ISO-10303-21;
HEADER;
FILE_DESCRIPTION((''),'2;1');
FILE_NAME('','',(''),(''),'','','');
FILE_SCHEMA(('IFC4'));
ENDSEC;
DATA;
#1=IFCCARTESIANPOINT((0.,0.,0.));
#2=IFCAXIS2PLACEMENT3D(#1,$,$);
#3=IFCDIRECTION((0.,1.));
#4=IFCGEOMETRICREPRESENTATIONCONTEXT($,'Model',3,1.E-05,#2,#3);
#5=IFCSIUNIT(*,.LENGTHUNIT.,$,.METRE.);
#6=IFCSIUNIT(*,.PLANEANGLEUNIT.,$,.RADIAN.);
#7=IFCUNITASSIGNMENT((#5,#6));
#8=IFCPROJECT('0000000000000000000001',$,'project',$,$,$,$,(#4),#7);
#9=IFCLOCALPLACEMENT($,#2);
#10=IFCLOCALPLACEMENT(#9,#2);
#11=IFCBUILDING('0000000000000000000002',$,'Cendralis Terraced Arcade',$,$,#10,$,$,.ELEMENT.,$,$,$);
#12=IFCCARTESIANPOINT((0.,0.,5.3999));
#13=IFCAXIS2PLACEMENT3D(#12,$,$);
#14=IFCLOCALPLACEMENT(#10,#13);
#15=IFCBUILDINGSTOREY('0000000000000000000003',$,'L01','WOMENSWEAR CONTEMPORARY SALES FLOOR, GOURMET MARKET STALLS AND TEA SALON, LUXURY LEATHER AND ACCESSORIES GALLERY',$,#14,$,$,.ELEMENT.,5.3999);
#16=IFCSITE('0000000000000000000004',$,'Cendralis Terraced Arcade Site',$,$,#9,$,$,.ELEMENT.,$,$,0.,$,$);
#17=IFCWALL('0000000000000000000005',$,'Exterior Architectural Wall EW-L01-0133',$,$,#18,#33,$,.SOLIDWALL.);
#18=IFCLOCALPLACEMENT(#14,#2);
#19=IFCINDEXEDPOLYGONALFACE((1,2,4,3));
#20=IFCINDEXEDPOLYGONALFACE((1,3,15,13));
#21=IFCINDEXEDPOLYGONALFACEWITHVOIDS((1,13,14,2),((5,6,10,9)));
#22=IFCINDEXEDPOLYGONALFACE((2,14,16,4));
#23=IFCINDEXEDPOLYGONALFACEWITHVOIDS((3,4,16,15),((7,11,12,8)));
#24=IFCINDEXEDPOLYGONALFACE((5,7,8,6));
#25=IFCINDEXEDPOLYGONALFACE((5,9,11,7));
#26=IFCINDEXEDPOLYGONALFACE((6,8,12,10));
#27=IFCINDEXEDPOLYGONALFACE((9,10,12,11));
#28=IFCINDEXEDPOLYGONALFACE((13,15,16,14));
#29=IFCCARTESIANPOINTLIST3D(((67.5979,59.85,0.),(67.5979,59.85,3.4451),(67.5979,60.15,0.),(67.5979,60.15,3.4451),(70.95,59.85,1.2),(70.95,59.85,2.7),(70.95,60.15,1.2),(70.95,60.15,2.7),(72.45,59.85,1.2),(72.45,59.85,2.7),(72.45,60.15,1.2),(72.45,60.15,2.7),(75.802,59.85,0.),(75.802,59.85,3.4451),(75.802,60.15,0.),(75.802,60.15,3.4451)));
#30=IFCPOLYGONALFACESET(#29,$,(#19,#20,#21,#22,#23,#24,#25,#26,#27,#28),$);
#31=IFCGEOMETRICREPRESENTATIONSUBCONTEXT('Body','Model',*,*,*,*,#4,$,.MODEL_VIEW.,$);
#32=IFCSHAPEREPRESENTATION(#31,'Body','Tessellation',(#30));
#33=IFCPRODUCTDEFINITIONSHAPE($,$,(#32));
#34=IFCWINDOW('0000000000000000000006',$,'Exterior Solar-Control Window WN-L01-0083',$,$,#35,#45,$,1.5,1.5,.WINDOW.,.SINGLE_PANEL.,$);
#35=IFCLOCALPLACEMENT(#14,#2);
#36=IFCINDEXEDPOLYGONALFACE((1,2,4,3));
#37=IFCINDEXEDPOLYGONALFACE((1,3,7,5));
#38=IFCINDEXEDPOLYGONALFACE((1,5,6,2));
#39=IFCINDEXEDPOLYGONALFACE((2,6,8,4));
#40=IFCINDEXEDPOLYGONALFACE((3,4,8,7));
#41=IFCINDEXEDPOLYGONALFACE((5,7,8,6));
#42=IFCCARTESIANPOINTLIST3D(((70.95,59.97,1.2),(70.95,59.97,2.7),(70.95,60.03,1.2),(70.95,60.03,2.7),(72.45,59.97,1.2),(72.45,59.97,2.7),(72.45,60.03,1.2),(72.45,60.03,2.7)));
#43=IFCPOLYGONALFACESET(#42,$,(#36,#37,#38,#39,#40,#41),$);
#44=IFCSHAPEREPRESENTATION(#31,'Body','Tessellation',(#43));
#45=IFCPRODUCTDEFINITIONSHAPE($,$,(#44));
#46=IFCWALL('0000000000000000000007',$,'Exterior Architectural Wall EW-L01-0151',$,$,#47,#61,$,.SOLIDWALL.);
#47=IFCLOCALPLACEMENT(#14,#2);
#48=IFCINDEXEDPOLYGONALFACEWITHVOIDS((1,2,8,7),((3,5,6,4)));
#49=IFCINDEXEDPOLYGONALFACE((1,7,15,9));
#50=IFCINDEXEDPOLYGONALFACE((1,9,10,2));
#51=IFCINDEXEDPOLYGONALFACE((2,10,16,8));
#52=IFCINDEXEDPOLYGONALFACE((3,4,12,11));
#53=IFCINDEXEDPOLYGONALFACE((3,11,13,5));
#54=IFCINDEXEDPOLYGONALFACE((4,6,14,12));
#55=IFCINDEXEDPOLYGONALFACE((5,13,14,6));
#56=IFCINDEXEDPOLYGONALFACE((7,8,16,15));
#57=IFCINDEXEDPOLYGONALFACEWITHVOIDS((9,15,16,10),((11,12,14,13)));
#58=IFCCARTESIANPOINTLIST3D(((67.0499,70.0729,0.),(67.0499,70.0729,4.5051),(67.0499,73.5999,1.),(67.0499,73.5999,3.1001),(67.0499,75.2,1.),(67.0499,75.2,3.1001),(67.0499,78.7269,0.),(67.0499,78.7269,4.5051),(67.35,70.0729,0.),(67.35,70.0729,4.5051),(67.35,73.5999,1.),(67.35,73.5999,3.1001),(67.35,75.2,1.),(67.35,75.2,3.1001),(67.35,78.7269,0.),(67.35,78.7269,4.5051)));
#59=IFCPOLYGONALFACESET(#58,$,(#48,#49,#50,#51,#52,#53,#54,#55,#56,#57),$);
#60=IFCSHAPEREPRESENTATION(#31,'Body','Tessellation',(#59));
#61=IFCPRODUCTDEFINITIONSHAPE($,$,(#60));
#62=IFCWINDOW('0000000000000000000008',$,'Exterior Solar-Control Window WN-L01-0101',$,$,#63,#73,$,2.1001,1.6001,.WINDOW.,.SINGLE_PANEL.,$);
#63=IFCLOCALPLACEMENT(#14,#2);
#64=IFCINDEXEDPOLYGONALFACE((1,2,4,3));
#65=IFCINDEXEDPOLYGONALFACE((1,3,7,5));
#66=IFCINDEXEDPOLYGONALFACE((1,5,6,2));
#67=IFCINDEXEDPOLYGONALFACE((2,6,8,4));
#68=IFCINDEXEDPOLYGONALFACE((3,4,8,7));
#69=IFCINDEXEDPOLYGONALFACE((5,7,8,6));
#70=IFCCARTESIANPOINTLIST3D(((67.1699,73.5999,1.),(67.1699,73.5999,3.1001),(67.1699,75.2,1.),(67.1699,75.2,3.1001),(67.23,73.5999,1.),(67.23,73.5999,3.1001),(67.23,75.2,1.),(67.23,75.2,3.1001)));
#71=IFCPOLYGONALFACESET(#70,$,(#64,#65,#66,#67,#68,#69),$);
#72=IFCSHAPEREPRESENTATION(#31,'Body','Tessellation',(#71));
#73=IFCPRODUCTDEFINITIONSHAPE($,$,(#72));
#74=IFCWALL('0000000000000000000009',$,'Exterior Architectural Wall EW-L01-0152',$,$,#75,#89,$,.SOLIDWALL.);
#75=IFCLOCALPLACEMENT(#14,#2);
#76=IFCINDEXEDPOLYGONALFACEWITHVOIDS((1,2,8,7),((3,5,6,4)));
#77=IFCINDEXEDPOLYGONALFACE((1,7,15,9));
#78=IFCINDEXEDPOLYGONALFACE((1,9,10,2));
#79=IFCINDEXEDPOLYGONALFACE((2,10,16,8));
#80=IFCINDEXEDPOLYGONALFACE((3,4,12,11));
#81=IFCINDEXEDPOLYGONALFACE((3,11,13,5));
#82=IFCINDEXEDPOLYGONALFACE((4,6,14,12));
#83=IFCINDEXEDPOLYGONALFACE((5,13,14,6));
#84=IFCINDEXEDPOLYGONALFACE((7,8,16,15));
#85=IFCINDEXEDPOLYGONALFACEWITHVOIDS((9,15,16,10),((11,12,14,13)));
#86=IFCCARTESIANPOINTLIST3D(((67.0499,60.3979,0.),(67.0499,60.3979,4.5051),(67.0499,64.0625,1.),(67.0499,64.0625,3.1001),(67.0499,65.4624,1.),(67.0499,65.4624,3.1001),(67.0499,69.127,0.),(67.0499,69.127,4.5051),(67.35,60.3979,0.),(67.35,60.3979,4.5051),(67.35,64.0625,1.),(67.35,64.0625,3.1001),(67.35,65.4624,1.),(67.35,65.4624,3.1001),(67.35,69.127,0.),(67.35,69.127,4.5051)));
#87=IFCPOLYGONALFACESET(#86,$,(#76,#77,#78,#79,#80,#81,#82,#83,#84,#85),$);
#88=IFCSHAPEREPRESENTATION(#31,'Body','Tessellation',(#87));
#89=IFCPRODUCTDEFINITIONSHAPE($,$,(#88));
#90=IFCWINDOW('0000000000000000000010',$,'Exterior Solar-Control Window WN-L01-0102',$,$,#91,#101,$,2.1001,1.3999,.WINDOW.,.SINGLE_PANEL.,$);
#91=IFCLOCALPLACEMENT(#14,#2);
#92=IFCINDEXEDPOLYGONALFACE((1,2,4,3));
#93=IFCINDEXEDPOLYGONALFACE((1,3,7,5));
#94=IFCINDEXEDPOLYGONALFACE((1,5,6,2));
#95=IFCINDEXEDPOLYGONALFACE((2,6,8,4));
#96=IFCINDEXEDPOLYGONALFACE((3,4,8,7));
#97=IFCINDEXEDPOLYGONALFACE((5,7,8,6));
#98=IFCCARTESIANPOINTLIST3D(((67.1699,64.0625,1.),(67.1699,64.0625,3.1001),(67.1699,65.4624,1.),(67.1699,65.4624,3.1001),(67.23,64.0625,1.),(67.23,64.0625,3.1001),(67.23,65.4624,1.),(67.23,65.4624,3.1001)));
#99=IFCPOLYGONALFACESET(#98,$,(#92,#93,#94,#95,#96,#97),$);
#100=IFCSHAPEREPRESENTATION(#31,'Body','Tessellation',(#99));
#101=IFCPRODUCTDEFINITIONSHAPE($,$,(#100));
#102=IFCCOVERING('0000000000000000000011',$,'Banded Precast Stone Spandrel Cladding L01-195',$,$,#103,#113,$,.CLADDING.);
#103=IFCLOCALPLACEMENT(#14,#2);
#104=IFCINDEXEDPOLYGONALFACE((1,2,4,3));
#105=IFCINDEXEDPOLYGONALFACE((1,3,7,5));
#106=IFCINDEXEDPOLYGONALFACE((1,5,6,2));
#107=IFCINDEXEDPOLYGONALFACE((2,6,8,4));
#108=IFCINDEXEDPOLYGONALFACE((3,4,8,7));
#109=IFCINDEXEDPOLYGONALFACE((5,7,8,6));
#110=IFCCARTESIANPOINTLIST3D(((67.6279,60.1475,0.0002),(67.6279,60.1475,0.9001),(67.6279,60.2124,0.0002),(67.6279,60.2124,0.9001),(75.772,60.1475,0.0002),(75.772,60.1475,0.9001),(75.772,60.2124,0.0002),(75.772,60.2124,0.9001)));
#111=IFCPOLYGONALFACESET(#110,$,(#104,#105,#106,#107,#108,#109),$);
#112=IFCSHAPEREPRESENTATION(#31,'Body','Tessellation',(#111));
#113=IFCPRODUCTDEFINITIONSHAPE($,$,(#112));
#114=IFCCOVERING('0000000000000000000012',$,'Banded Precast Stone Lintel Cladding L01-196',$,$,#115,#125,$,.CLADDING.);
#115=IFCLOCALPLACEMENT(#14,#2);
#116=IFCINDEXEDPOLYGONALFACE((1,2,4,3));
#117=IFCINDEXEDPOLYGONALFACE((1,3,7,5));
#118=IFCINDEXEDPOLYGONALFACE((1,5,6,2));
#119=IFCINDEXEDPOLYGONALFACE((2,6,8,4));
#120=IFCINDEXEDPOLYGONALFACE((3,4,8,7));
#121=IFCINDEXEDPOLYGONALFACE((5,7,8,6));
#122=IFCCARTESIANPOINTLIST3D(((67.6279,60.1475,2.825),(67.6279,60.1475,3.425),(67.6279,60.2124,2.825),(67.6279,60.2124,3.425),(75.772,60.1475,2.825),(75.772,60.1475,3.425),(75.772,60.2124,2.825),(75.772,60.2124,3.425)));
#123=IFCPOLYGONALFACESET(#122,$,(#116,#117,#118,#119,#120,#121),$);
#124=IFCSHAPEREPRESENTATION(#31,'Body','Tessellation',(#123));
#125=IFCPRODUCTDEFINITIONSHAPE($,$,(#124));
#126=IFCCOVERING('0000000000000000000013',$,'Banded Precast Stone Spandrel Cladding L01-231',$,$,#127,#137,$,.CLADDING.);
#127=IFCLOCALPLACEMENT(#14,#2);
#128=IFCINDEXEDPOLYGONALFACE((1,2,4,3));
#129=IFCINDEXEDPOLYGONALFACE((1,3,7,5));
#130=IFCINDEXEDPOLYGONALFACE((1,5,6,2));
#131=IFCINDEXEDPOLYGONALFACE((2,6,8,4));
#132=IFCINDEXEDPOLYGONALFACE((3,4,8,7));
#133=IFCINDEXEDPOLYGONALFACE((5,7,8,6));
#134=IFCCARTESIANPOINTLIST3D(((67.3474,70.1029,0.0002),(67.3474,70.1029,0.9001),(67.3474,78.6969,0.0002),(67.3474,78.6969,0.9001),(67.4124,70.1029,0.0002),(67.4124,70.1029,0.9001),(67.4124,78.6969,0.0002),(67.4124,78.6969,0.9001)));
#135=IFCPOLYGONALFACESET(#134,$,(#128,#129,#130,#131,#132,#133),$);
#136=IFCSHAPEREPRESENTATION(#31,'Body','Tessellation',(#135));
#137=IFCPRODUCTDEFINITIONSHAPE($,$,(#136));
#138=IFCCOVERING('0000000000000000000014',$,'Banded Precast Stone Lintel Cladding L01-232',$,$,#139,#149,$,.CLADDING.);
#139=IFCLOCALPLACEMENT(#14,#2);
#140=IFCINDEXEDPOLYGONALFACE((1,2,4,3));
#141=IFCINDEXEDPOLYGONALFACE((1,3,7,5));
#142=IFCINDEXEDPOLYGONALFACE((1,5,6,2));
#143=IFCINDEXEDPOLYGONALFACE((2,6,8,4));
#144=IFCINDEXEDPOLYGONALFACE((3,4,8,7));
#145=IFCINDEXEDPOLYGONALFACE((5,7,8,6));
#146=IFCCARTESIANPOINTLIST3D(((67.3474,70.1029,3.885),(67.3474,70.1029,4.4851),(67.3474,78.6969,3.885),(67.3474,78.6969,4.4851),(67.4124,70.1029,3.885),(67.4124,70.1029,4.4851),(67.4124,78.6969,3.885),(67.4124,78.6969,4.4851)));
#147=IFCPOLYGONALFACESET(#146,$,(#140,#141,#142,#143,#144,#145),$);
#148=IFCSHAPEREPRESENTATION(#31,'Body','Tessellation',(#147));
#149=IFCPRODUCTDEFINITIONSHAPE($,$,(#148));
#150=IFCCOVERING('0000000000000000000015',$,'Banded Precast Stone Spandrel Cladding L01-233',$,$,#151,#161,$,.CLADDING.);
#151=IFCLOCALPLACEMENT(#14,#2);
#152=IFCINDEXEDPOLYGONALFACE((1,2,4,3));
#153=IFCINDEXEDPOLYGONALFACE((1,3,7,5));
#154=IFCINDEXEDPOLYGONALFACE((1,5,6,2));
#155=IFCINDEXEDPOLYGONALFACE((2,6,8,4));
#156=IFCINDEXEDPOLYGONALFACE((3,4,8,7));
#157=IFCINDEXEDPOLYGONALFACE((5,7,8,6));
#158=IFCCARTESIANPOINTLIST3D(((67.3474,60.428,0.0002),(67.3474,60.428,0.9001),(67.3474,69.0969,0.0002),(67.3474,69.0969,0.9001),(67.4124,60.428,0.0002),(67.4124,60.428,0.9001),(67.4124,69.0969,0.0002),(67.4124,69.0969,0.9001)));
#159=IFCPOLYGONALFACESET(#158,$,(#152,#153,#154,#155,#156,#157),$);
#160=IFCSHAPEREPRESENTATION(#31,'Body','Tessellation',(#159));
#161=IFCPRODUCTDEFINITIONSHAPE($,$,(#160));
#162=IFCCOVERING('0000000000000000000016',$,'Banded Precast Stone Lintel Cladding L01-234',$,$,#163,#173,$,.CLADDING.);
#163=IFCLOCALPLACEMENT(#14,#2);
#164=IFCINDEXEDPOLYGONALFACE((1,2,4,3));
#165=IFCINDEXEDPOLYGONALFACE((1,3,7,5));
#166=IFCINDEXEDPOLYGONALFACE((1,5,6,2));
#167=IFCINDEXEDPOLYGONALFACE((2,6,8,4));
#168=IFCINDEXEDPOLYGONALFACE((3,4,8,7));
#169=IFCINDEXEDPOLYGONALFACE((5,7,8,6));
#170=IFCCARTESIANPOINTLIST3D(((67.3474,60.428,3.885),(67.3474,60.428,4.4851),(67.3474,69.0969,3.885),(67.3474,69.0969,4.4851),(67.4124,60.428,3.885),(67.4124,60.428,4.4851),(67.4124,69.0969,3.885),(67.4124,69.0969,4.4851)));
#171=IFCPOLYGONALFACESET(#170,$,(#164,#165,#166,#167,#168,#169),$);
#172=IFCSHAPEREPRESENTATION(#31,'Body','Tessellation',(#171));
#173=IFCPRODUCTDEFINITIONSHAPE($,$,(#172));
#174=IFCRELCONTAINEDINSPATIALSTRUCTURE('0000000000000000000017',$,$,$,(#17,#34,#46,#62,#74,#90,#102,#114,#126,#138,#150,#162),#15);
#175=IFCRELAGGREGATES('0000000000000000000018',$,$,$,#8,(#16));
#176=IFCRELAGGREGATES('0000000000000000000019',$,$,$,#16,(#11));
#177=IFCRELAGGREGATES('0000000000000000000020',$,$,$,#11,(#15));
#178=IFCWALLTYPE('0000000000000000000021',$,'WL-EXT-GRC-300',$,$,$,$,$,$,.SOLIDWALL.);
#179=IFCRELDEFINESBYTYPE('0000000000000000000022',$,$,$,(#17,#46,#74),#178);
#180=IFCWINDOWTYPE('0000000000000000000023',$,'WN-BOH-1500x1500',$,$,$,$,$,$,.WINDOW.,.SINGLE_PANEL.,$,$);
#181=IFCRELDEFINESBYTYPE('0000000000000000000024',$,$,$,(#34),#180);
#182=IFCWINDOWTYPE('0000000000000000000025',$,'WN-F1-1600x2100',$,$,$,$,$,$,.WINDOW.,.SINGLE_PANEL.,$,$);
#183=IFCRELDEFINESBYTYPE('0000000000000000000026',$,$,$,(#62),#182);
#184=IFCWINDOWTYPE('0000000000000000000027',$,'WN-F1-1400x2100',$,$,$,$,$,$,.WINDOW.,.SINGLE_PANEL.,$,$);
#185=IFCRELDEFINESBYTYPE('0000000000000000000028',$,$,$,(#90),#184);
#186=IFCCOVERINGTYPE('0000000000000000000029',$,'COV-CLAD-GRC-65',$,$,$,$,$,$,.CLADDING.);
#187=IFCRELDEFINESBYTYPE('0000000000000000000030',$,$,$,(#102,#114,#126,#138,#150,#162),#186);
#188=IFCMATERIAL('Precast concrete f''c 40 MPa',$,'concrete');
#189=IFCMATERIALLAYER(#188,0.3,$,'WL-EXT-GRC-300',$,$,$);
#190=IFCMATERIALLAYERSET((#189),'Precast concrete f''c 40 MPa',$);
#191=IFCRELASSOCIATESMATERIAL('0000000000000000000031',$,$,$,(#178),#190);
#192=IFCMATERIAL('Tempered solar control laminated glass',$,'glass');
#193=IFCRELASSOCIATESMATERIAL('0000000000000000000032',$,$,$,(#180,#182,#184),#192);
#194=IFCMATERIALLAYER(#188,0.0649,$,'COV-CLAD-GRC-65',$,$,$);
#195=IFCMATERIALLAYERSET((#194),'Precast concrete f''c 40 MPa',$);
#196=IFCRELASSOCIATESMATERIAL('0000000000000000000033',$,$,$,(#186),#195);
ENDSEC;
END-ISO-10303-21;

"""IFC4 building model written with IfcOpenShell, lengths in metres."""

from ifc_helpers import new_model, si_unit, direction, frame, frame_2d, origin, origin_2d, place, context, subcontext, project, spatial, rectangle, extrude, material, layer, layer_set, type_object, element, fill, save


model = new_model("IFC4")

# Units and contexts
model_context = context("Model", 3, precision=1e-05, world=origin(), true_north=direction((0.0, 1.0)))
body_context = subcontext(model_context, "Body", "Model", "MODEL_VIEW")
ifc_project = project(units=[si_unit("LENGTHUNIT", "METRE"), si_unit("PLANEANGLEUNIT", "RADIAN")], contexts=[model_context])

# Site, building, storey
site_placement = place(None, origin())
site = spatial("IfcSite", under=ifc_project, at=site_placement, Name="Cendralis Terraced Arcade Site", CompositionType="ELEMENT", RefElevation=0.0)
building_placement = place(site_placement, origin())
building = spatial("IfcBuilding", under=site, at=building_placement, Name="Cendralis Terraced Arcade", CompositionType="ELEMENT")
storey_placement = place(building_placement, frame((0.0, 0.0, 5.3999)))
storey = spatial("IfcBuildingStorey", under=building, at=storey_placement, Name="L01", Description="WOMENSWEAR CONTEMPORARY SALES FLOOR, GOURMET MARKET STALLS AND TEA SALON, LUXURY LEATHER AND ACCESSORIES GALLERY", CompositionType="ELEMENT", Elevation=5.3999)

# Walls, openings, windows
ifc_material_1 = material(Name="Precast concrete f'c 40 MPa", Category="concrete")
ifc_layer_1 = layer(ifc_material_1, 0.3, Name="WL-EXT-GRC-300")
ifc_layer_set_1 = layer_set([ifc_layer_1], Name="Precast concrete f'c 40 MPa")
wall_type = type_object("IfcWallType", Name="WL-EXT-GRC-300", PredefinedType="SOLIDWALL", material=ifc_layer_set_1)
ifc_material_2 = material(Name="Tempered solar control laminated glass", Category="glass")
wall_1_placement = place(storey_placement, frame((67.5979, 60.0, 0.0), z_axis=(0.0, 0.0, 1.0), x_axis=(1.0, 0.0, 0.0)))
wall_1 = element("IfcWall", 1, at=wall_1_placement, inside=storey, type_object=wall_type, Name="Exterior Architectural Wall EW-L01-0133", PredefinedType="SOLIDWALL", context=body_context, shape_type="SweptSolid", body=[
    extrude(rectangle(XDim=8.2041, YDim=0.3, at=frame_2d((4.1021, 0.0))), origin(), (0.0, 0.0, 1.0), 3.4451),
])
opening_1_placement = place(wall_1_placement, frame((3.3521, 0.0, 1.2)))
opening_1 = element("IfcOpeningElement", 2, at=opening_1_placement, cuts=wall_1, PredefinedType="OPENING", context=body_context, shape_type="SweptSolid", body=[
    extrude(rectangle(XDim=1.5, YDim=1.5, at=frame_2d((0.75, 0.75))), frame((0.0, 0.1621, 0.0), z_axis=(0.0, -1.0, 0.0), x_axis=(1.0, 0.0, 0.0)), (0.0, 0.0, 1.0), 0.324),
])
window_type_1 = type_object("IfcWindowType", Name="WN-BOH-1500x1500", PartitioningType="SINGLE_PANEL", PredefinedType="WINDOW", material=ifc_material_2)
window_1_placement = place(opening_1_placement, origin())
window_1 = element("IfcWindow", 3, at=window_1_placement, inside=storey, type_object=window_type_1, Name="Exterior Solar-Control Window WN-L01-0083", OverallHeight=1.5, OverallWidth=1.5, PartitioningType="SINGLE_PANEL", PredefinedType="WINDOW", context=body_context, shape_type="SweptSolid", body=[
    extrude(rectangle(XDim=1.5, YDim=1.5, at=frame_2d((0.75, 0.75))), frame((0.0, 0.03, 0.0), z_axis=(0.0, -1.0, 0.0), x_axis=(1.0, 0.0, 0.0)), (0.0, 0.0, 1.0), 0.0601),
])
fill(opening_1, window_1)
wall_2_placement = place(storey_placement, frame((67.2, 78.7271, 0.0), z_axis=(0.0, 0.0, 1.0), x_axis=(0.0, -1.0, 0.0)))
wall_2 = element("IfcWall", 4, at=wall_2_placement, inside=storey, type_object=wall_type, Name="Exterior Architectural Wall EW-L01-0151", PredefinedType="SOLIDWALL", context=body_context, shape_type="SweptSolid", body=[
    extrude(rectangle(XDim=8.6541, YDim=0.3, at=frame_2d((4.3271, 0.0))), origin(), (0.0, 0.0, 1.0), 4.5051),
])
opening_2_placement = place(wall_2_placement, frame((3.5271, 0.0, 1.0)))
opening_2 = element("IfcOpeningElement", 5, at=opening_2_placement, cuts=wall_2, PredefinedType="OPENING", context=body_context, shape_type="SweptSolid", body=[
    extrude(rectangle(XDim=1.6001, YDim=2.1001, at=frame_2d((0.8, 1.05))), frame((0.0, 0.1621, 0.0), z_axis=(0.0, -1.0, 0.0), x_axis=(1.0, 0.0, 0.0)), (0.0, 0.0, 1.0), 0.324),
])
window_type_2 = type_object("IfcWindowType", Name="WN-F1-1600x2100", PartitioningType="SINGLE_PANEL", PredefinedType="WINDOW", material=ifc_material_2)
window_2_placement = place(opening_2_placement, origin())
window_2 = element("IfcWindow", 6, at=window_2_placement, inside=storey, type_object=window_type_2, Name="Exterior Solar-Control Window WN-L01-0101", OverallHeight=2.1001, OverallWidth=1.6001, PartitioningType="SINGLE_PANEL", PredefinedType="WINDOW", context=body_context, shape_type="SweptSolid", body=[
    extrude(rectangle(XDim=1.6001, YDim=2.1001, at=frame_2d((0.8, 1.05))), frame((0.0, 0.03, 0.0), z_axis=(0.0, -1.0, 0.0), x_axis=(1.0, 0.0, 0.0)), (0.0, 0.0, 1.0), 0.0601),
])
fill(opening_2, window_2)
wall_3_placement = place(storey_placement, frame((67.2, 69.127, 0.0), z_axis=(0.0, 0.0, 1.0), x_axis=(0.0, -1.0, 0.0)))
wall_3 = element("IfcWall", 7, at=wall_3_placement, inside=storey, type_object=wall_type, Name="Exterior Architectural Wall EW-L01-0152", PredefinedType="SOLIDWALL", context=body_context, shape_type="SweptSolid", body=[
    extrude(rectangle(XDim=8.729, YDim=0.3, at=frame_2d((4.3645, 0.0))), origin(), (0.0, 0.0, 1.0), 4.5051),
])
opening_3_placement = place(wall_3_placement, frame((3.6646, 0.0, 1.0)))
opening_3 = element("IfcOpeningElement", 8, at=opening_3_placement, cuts=wall_3, PredefinedType="OPENING", context=body_context, shape_type="SweptSolid", body=[
    extrude(rectangle(XDim=1.3999, YDim=2.1001, at=frame_2d((0.7, 1.05))), frame((0.0, 0.1621, 0.0), z_axis=(0.0, -1.0, 0.0), x_axis=(1.0, 0.0, 0.0)), (0.0, 0.0, 1.0), 0.324),
])
window_type_3 = type_object("IfcWindowType", Name="WN-F1-1400x2100", PartitioningType="SINGLE_PANEL", PredefinedType="WINDOW", material=ifc_material_2)
window_3_placement = place(opening_3_placement, origin())
window_3 = element("IfcWindow", 9, at=window_3_placement, inside=storey, type_object=window_type_3, Name="Exterior Solar-Control Window WN-L01-0102", OverallHeight=2.1001, OverallWidth=1.3999, PartitioningType="SINGLE_PANEL", PredefinedType="WINDOW", context=body_context, shape_type="SweptSolid", body=[
    extrude(rectangle(XDim=1.3999, YDim=2.1001, at=frame_2d((0.7, 1.05))), frame((0.0, 0.03, 0.0), z_axis=(0.0, -1.0, 0.0), x_axis=(1.0, 0.0, 0.0)), (0.0, 0.0, 1.0), 0.0601),
])
fill(opening_3, window_3)

# Coverings
ifc_layer_2 = layer(ifc_material_1, 0.0649, Name="COV-CLAD-GRC-65")
ifc_layer_set_2 = layer_set([ifc_layer_2], Name="Precast concrete f'c 40 MPa")
covering_type = type_object("IfcCoveringType", Name="COV-CLAD-GRC-65", PredefinedType="CLADDING", material=ifc_layer_set_2)
covering_1_placement = place(storey_placement, frame((71.7, 60.1799, 0.0002), z_axis=(0.0, 0.0, 1.0), x_axis=(1.0, 0.0, 0.0)))
element("IfcCovering", 10, at=covering_1_placement, inside=storey, type_object=covering_type, Name="Banded Precast Stone Spandrel Cladding L01-195", PredefinedType="CLADDING", context=body_context, shape_type="SweptSolid", body=[
    extrude(rectangle(XDim=8.144, YDim=0.0649, at=origin_2d()), origin(), (0.0, 0.0, 1.0), 0.8999),
])
covering_2_placement = place(storey_placement, frame((71.7, 60.1799, 2.825), z_axis=(0.0, 0.0, 1.0), x_axis=(1.0, 0.0, 0.0)))
element("IfcCovering", 11, at=covering_2_placement, inside=storey, type_object=covering_type, Name="Banded Precast Stone Lintel Cladding L01-196", PredefinedType="CLADDING", context=body_context, shape_type="SweptSolid", body=[
    extrude(rectangle(XDim=8.144, YDim=0.0649, at=origin_2d()), origin(), (0.0, 0.0, 1.0), 0.6001),
])
covering_3_placement = place(storey_placement, frame((67.3799, 74.3999, 0.0002), z_axis=(0.0, 0.0, 1.0), x_axis=(0.0, -1.0, 0.0)))
element("IfcCovering", 12, at=covering_3_placement, inside=storey, type_object=covering_type, Name="Banded Precast Stone Spandrel Cladding L01-231", PredefinedType="CLADDING", context=body_context, shape_type="SweptSolid", body=[
    extrude(rectangle(XDim=8.594, YDim=0.0649, at=origin_2d()), origin(), (0.0, 0.0, 1.0), 0.8999),
])
covering_4_placement = place(storey_placement, frame((67.3799, 74.3999, 3.885), z_axis=(0.0, 0.0, 1.0), x_axis=(0.0, -1.0, 0.0)))
element("IfcCovering", 13, at=covering_4_placement, inside=storey, type_object=covering_type, Name="Banded Precast Stone Lintel Cladding L01-232", PredefinedType="CLADDING", context=body_context, shape_type="SweptSolid", body=[
    extrude(rectangle(XDim=8.594, YDim=0.0649, at=origin_2d()), origin(), (0.0, 0.0, 1.0), 0.6001),
])
covering_5_placement = place(storey_placement, frame((67.3799, 64.7625, 0.0002), z_axis=(0.0, 0.0, 1.0), x_axis=(0.0, -1.0, 0.0)))
element("IfcCovering", 14, at=covering_5_placement, inside=storey, type_object=covering_type, Name="Banded Precast Stone Spandrel Cladding L01-233", PredefinedType="CLADDING", context=body_context, shape_type="SweptSolid", body=[
    extrude(rectangle(XDim=8.6689, YDim=0.0649, at=origin_2d()), origin(), (0.0, 0.0, 1.0), 0.8999),
])
covering_6_placement = place(storey_placement, frame((67.3799, 64.7625, 3.885), z_axis=(0.0, 0.0, 1.0), x_axis=(0.0, -1.0, 0.0)))
element("IfcCovering", 15, at=covering_6_placement, inside=storey, type_object=covering_type, Name="Banded Precast Stone Lintel Cladding L01-234", PredefinedType="CLADDING", context=body_context, shape_type="SweptSolid", body=[
    extrude(rectangle(XDim=8.6689, YDim=0.0649, at=origin_2d()), origin(), (0.0, 0.0, 1.0), 0.6001),
])

save(model, "model.ifc")
